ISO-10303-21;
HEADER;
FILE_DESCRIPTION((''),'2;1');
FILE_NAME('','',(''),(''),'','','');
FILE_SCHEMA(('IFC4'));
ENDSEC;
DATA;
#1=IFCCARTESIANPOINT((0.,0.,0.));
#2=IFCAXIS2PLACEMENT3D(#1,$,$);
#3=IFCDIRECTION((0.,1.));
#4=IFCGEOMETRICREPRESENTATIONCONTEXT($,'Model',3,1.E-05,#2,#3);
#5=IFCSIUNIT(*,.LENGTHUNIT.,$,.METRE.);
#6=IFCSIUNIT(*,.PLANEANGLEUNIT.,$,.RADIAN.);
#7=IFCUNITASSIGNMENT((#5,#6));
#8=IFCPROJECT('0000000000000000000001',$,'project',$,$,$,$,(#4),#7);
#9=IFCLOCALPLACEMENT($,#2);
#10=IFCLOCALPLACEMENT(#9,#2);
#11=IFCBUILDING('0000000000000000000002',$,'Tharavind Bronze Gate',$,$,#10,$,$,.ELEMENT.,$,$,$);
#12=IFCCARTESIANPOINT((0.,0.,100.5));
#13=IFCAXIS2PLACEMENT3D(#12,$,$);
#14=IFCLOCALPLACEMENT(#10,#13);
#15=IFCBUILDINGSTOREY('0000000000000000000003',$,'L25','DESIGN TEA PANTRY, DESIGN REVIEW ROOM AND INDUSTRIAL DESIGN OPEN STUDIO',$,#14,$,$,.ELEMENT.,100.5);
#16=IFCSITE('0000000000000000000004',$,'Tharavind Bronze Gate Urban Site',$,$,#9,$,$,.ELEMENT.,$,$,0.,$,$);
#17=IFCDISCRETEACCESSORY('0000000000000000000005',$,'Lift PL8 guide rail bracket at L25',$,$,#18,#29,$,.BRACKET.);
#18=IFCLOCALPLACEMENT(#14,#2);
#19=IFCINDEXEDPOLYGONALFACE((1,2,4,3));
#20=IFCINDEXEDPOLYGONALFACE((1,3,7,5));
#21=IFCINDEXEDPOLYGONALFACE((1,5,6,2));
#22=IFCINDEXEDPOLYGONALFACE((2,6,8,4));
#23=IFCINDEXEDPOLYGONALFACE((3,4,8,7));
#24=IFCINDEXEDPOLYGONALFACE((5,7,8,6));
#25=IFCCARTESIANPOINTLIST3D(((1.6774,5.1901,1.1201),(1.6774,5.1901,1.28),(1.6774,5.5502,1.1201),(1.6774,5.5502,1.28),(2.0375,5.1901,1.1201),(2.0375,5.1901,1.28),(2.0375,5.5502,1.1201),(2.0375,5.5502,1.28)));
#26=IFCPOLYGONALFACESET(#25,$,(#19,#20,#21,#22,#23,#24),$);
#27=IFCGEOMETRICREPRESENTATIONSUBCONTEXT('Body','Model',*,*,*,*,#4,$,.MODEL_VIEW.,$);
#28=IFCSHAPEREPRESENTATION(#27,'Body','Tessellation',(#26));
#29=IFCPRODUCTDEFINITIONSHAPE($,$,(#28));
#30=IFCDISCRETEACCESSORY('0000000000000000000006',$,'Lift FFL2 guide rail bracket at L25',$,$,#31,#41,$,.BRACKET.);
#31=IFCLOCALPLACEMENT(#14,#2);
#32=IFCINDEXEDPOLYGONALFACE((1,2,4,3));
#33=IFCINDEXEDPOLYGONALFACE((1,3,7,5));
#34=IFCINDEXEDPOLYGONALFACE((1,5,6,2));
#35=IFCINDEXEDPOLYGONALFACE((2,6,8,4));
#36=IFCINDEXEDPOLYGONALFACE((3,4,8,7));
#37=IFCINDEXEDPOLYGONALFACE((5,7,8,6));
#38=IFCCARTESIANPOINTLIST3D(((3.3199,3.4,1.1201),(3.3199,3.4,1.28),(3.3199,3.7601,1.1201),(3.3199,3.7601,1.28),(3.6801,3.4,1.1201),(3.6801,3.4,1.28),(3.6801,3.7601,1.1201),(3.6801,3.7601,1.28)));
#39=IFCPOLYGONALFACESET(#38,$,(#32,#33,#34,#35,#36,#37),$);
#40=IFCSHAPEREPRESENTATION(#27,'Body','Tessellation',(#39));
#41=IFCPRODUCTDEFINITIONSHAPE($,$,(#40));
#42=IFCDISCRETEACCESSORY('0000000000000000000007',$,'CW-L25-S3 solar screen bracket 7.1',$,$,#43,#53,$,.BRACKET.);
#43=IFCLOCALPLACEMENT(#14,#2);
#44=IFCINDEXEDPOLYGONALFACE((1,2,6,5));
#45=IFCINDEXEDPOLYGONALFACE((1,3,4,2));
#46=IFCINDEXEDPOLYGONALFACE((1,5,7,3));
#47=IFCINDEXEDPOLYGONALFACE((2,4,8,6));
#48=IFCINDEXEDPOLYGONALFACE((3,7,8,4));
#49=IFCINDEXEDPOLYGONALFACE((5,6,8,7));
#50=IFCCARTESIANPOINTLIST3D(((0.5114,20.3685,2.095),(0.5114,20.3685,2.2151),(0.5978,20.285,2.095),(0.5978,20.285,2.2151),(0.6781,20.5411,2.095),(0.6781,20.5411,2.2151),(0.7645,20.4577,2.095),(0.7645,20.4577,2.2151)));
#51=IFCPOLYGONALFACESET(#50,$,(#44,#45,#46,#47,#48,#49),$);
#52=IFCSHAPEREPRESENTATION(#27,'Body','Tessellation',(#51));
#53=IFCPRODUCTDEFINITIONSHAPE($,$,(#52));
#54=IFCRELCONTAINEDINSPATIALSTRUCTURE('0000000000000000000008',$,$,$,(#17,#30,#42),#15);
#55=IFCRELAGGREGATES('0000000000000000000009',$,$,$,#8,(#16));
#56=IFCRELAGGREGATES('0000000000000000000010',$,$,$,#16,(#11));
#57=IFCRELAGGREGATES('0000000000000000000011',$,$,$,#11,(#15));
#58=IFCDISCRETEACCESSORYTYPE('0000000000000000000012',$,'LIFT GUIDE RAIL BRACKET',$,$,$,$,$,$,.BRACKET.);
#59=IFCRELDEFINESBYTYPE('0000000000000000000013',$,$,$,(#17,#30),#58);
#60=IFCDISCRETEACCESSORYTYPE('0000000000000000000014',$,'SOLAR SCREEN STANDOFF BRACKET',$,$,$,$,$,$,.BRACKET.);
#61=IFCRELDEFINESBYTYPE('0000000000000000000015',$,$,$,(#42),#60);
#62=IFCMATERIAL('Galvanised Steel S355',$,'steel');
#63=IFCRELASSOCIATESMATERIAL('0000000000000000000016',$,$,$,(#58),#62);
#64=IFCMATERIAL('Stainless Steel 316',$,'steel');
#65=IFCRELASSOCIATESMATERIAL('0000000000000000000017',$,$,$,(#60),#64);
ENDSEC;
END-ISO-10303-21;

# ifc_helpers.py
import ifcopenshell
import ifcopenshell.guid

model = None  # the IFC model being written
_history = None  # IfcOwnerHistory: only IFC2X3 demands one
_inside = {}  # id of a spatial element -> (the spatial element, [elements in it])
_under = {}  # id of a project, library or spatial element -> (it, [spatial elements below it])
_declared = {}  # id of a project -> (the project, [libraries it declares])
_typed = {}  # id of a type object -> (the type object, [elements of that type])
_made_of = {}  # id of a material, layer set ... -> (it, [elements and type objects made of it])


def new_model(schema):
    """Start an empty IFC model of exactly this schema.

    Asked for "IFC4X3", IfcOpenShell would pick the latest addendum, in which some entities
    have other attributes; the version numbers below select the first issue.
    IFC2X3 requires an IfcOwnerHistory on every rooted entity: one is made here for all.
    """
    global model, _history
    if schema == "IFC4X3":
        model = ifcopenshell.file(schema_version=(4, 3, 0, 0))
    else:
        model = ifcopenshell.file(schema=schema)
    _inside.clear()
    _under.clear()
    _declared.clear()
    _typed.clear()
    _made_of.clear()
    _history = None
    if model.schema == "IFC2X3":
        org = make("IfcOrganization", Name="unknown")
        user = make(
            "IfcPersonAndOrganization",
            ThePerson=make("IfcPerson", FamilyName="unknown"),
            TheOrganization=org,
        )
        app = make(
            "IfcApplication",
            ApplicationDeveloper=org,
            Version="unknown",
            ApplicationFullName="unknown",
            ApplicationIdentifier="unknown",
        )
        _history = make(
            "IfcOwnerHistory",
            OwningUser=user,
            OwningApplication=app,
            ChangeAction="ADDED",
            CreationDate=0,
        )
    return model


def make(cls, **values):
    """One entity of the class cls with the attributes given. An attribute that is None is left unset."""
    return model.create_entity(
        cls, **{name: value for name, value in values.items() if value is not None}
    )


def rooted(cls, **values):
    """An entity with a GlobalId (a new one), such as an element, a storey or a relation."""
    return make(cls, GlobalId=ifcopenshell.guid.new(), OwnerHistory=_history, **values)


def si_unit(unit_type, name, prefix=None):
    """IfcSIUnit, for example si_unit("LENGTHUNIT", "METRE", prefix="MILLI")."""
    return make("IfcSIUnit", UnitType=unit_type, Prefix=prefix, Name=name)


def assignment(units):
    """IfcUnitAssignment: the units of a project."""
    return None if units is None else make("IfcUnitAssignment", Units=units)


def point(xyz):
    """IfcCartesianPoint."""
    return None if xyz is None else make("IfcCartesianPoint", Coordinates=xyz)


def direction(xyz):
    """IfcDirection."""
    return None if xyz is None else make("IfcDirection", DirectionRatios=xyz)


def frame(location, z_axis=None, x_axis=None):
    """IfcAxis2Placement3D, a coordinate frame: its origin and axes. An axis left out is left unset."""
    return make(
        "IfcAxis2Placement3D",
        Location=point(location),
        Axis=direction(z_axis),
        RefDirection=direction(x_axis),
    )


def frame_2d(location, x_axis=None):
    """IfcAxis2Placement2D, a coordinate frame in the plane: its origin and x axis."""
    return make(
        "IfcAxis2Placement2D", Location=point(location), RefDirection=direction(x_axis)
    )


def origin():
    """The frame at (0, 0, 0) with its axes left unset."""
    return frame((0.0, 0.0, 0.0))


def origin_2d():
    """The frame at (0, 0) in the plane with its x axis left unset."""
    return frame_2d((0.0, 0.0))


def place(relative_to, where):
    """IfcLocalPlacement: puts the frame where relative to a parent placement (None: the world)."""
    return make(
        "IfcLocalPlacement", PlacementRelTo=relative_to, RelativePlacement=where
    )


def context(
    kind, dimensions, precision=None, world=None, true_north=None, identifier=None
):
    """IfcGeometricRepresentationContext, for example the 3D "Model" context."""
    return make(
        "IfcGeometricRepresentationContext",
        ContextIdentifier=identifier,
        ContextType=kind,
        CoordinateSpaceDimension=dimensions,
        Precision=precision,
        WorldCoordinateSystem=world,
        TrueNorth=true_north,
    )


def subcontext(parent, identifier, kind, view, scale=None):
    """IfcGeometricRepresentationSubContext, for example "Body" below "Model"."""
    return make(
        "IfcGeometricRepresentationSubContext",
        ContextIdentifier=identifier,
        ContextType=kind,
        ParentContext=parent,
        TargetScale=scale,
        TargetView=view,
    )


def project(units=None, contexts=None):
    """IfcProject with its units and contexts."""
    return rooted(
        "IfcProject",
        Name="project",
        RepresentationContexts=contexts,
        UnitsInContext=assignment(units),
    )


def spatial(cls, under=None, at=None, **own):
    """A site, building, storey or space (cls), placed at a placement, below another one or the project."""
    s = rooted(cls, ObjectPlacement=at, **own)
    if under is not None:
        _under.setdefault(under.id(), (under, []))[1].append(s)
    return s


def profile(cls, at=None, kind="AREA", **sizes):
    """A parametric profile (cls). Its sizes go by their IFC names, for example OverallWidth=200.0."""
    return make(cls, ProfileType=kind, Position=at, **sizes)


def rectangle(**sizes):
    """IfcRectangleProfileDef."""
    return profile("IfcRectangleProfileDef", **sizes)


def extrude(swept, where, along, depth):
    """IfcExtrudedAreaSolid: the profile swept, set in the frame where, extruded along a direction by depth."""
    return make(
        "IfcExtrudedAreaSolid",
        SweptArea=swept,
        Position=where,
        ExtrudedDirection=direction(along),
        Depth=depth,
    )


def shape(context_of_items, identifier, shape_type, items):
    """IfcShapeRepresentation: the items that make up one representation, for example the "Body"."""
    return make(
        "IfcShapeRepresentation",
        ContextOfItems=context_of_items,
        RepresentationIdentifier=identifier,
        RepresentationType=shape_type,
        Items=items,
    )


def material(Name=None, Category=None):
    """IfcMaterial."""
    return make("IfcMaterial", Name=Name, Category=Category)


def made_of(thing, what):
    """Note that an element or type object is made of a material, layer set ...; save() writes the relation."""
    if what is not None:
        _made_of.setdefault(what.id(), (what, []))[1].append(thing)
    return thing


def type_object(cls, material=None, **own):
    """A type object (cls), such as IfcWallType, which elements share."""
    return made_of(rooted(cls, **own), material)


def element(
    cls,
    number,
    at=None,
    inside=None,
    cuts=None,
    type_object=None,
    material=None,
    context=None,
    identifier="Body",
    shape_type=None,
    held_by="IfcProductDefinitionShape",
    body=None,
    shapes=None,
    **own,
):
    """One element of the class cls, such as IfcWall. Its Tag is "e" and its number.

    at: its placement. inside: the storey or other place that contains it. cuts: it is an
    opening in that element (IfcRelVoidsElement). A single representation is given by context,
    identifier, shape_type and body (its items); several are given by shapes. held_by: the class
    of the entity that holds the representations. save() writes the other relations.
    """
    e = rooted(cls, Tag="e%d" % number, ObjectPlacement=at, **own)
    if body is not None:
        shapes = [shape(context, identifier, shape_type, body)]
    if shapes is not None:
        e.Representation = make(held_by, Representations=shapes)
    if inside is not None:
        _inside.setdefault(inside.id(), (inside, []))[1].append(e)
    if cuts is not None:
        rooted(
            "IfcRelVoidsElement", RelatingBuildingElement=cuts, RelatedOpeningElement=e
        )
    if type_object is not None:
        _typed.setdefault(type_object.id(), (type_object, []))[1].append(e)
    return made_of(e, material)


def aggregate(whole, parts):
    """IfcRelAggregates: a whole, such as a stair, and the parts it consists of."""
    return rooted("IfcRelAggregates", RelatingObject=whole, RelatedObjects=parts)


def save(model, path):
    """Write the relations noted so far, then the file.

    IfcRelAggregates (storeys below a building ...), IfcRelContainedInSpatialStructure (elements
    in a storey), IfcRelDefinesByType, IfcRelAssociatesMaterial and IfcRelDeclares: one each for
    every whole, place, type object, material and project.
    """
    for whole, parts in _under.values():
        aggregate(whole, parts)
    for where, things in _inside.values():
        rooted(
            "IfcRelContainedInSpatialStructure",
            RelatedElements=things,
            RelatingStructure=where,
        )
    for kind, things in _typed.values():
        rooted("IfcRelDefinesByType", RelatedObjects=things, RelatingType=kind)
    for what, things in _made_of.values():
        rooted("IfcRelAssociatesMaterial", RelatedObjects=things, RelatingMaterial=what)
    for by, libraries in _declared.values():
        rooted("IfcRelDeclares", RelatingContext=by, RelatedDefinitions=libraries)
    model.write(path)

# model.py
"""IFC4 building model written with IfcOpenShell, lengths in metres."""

from ifc_helpers import new_model, si_unit, direction, frame, origin, origin_2d, place, context, subcontext, project, spatial, rectangle, extrude, material, type_object, element, save


model = new_model("IFC4")

# Units and contexts
model_context = context("Model", 3, precision=1e-05, world=origin(), true_north=direction((0.0, 1.0)))
body_context = subcontext(model_context, "Body", "Model", "MODEL_VIEW")
ifc_project = project(units=[si_unit("LENGTHUNIT", "METRE"), si_unit("PLANEANGLEUNIT", "RADIAN")], contexts=[model_context])

# Site, building, storey
site_placement = place(None, origin())
site = spatial("IfcSite", under=ifc_project, at=site_placement, Name="Tharavind Bronze Gate Urban Site", CompositionType="ELEMENT", RefElevation=0.0)
building_placement = place(site_placement, origin())
building = spatial("IfcBuilding", under=site, at=building_placement, Name="Tharavind Bronze Gate", CompositionType="ELEMENT")
storey_placement = place(building_placement, frame((0.0, 0.0, 100.5)))
storey = spatial("IfcBuildingStorey", under=building, at=storey_placement, Name="L25", Description="DESIGN TEA PANTRY, DESIGN REVIEW ROOM AND INDUSTRIAL DESIGN OPEN STUDIO", CompositionType="ELEMENT", Elevation=100.5)

# Discrete accessories
ifc_material_1 = material(Name="Galvanised Steel S355", Category="steel")
discrete_accessory_type_1 = type_object("IfcDiscreteAccessoryType", Name="LIFT GUIDE RAIL BRACKET", PredefinedType="BRACKET", material=ifc_material_1)
for number, where, z_axis, x_axis, name in (
    (1, (1.8574, 5.3701, 1.1201), (0.0, 0.0, 1.0), (1.0, 0.0, 0.0), "Lift PL8 guide rail bracket at L25"),
    (2, (3.5, 3.5801, 1.1201), (0.0, 0.0, 1.0), (1.0, 0.0, 0.0), "Lift FFL2 guide rail bracket at L25"),
):
    element("IfcDiscreteAccessory", number, at=place(storey_placement, frame(where, z_axis=z_axis, x_axis=x_axis)), inside=storey, type_object=discrete_accessory_type_1, Name=name, PredefinedType="BRACKET", context=body_context, shape_type="SweptSolid", body=[
        extrude(rectangle(XDim=0.3601, YDim=0.3601, at=origin_2d()), origin(), (0.0, 0.0, 1.0), 0.1599),
    ])
ifc_material_2 = material(Name="Stainless Steel 316", Category="steel")
discrete_accessory_type_2 = type_object("IfcDiscreteAccessoryType", Name="SOLAR SCREEN STANDOFF BRACKET", PredefinedType="BRACKET", material=ifc_material_2)
discrete_accessory_placement = place(storey_placement, frame((0.6379, 20.4131, 2.095), z_axis=(0.0, 0.0, 1.0), x_axis=(-0.719341, 0.694657, 0.0)))
element("IfcDiscreteAccessory", 3, at=discrete_accessory_placement, inside=storey, type_object=discrete_accessory_type_2, Name="CW-L25-S3 solar screen bracket 7.1", PredefinedType="BRACKET", context=body_context, shape_type="SweptSolid", body=[
    extrude(rectangle(XDim=0.1201, YDim=0.24, at=origin_2d()), origin(), (0.0, 0.0, 1.0), 0.1201),
])

save(model, "model.ifc")
